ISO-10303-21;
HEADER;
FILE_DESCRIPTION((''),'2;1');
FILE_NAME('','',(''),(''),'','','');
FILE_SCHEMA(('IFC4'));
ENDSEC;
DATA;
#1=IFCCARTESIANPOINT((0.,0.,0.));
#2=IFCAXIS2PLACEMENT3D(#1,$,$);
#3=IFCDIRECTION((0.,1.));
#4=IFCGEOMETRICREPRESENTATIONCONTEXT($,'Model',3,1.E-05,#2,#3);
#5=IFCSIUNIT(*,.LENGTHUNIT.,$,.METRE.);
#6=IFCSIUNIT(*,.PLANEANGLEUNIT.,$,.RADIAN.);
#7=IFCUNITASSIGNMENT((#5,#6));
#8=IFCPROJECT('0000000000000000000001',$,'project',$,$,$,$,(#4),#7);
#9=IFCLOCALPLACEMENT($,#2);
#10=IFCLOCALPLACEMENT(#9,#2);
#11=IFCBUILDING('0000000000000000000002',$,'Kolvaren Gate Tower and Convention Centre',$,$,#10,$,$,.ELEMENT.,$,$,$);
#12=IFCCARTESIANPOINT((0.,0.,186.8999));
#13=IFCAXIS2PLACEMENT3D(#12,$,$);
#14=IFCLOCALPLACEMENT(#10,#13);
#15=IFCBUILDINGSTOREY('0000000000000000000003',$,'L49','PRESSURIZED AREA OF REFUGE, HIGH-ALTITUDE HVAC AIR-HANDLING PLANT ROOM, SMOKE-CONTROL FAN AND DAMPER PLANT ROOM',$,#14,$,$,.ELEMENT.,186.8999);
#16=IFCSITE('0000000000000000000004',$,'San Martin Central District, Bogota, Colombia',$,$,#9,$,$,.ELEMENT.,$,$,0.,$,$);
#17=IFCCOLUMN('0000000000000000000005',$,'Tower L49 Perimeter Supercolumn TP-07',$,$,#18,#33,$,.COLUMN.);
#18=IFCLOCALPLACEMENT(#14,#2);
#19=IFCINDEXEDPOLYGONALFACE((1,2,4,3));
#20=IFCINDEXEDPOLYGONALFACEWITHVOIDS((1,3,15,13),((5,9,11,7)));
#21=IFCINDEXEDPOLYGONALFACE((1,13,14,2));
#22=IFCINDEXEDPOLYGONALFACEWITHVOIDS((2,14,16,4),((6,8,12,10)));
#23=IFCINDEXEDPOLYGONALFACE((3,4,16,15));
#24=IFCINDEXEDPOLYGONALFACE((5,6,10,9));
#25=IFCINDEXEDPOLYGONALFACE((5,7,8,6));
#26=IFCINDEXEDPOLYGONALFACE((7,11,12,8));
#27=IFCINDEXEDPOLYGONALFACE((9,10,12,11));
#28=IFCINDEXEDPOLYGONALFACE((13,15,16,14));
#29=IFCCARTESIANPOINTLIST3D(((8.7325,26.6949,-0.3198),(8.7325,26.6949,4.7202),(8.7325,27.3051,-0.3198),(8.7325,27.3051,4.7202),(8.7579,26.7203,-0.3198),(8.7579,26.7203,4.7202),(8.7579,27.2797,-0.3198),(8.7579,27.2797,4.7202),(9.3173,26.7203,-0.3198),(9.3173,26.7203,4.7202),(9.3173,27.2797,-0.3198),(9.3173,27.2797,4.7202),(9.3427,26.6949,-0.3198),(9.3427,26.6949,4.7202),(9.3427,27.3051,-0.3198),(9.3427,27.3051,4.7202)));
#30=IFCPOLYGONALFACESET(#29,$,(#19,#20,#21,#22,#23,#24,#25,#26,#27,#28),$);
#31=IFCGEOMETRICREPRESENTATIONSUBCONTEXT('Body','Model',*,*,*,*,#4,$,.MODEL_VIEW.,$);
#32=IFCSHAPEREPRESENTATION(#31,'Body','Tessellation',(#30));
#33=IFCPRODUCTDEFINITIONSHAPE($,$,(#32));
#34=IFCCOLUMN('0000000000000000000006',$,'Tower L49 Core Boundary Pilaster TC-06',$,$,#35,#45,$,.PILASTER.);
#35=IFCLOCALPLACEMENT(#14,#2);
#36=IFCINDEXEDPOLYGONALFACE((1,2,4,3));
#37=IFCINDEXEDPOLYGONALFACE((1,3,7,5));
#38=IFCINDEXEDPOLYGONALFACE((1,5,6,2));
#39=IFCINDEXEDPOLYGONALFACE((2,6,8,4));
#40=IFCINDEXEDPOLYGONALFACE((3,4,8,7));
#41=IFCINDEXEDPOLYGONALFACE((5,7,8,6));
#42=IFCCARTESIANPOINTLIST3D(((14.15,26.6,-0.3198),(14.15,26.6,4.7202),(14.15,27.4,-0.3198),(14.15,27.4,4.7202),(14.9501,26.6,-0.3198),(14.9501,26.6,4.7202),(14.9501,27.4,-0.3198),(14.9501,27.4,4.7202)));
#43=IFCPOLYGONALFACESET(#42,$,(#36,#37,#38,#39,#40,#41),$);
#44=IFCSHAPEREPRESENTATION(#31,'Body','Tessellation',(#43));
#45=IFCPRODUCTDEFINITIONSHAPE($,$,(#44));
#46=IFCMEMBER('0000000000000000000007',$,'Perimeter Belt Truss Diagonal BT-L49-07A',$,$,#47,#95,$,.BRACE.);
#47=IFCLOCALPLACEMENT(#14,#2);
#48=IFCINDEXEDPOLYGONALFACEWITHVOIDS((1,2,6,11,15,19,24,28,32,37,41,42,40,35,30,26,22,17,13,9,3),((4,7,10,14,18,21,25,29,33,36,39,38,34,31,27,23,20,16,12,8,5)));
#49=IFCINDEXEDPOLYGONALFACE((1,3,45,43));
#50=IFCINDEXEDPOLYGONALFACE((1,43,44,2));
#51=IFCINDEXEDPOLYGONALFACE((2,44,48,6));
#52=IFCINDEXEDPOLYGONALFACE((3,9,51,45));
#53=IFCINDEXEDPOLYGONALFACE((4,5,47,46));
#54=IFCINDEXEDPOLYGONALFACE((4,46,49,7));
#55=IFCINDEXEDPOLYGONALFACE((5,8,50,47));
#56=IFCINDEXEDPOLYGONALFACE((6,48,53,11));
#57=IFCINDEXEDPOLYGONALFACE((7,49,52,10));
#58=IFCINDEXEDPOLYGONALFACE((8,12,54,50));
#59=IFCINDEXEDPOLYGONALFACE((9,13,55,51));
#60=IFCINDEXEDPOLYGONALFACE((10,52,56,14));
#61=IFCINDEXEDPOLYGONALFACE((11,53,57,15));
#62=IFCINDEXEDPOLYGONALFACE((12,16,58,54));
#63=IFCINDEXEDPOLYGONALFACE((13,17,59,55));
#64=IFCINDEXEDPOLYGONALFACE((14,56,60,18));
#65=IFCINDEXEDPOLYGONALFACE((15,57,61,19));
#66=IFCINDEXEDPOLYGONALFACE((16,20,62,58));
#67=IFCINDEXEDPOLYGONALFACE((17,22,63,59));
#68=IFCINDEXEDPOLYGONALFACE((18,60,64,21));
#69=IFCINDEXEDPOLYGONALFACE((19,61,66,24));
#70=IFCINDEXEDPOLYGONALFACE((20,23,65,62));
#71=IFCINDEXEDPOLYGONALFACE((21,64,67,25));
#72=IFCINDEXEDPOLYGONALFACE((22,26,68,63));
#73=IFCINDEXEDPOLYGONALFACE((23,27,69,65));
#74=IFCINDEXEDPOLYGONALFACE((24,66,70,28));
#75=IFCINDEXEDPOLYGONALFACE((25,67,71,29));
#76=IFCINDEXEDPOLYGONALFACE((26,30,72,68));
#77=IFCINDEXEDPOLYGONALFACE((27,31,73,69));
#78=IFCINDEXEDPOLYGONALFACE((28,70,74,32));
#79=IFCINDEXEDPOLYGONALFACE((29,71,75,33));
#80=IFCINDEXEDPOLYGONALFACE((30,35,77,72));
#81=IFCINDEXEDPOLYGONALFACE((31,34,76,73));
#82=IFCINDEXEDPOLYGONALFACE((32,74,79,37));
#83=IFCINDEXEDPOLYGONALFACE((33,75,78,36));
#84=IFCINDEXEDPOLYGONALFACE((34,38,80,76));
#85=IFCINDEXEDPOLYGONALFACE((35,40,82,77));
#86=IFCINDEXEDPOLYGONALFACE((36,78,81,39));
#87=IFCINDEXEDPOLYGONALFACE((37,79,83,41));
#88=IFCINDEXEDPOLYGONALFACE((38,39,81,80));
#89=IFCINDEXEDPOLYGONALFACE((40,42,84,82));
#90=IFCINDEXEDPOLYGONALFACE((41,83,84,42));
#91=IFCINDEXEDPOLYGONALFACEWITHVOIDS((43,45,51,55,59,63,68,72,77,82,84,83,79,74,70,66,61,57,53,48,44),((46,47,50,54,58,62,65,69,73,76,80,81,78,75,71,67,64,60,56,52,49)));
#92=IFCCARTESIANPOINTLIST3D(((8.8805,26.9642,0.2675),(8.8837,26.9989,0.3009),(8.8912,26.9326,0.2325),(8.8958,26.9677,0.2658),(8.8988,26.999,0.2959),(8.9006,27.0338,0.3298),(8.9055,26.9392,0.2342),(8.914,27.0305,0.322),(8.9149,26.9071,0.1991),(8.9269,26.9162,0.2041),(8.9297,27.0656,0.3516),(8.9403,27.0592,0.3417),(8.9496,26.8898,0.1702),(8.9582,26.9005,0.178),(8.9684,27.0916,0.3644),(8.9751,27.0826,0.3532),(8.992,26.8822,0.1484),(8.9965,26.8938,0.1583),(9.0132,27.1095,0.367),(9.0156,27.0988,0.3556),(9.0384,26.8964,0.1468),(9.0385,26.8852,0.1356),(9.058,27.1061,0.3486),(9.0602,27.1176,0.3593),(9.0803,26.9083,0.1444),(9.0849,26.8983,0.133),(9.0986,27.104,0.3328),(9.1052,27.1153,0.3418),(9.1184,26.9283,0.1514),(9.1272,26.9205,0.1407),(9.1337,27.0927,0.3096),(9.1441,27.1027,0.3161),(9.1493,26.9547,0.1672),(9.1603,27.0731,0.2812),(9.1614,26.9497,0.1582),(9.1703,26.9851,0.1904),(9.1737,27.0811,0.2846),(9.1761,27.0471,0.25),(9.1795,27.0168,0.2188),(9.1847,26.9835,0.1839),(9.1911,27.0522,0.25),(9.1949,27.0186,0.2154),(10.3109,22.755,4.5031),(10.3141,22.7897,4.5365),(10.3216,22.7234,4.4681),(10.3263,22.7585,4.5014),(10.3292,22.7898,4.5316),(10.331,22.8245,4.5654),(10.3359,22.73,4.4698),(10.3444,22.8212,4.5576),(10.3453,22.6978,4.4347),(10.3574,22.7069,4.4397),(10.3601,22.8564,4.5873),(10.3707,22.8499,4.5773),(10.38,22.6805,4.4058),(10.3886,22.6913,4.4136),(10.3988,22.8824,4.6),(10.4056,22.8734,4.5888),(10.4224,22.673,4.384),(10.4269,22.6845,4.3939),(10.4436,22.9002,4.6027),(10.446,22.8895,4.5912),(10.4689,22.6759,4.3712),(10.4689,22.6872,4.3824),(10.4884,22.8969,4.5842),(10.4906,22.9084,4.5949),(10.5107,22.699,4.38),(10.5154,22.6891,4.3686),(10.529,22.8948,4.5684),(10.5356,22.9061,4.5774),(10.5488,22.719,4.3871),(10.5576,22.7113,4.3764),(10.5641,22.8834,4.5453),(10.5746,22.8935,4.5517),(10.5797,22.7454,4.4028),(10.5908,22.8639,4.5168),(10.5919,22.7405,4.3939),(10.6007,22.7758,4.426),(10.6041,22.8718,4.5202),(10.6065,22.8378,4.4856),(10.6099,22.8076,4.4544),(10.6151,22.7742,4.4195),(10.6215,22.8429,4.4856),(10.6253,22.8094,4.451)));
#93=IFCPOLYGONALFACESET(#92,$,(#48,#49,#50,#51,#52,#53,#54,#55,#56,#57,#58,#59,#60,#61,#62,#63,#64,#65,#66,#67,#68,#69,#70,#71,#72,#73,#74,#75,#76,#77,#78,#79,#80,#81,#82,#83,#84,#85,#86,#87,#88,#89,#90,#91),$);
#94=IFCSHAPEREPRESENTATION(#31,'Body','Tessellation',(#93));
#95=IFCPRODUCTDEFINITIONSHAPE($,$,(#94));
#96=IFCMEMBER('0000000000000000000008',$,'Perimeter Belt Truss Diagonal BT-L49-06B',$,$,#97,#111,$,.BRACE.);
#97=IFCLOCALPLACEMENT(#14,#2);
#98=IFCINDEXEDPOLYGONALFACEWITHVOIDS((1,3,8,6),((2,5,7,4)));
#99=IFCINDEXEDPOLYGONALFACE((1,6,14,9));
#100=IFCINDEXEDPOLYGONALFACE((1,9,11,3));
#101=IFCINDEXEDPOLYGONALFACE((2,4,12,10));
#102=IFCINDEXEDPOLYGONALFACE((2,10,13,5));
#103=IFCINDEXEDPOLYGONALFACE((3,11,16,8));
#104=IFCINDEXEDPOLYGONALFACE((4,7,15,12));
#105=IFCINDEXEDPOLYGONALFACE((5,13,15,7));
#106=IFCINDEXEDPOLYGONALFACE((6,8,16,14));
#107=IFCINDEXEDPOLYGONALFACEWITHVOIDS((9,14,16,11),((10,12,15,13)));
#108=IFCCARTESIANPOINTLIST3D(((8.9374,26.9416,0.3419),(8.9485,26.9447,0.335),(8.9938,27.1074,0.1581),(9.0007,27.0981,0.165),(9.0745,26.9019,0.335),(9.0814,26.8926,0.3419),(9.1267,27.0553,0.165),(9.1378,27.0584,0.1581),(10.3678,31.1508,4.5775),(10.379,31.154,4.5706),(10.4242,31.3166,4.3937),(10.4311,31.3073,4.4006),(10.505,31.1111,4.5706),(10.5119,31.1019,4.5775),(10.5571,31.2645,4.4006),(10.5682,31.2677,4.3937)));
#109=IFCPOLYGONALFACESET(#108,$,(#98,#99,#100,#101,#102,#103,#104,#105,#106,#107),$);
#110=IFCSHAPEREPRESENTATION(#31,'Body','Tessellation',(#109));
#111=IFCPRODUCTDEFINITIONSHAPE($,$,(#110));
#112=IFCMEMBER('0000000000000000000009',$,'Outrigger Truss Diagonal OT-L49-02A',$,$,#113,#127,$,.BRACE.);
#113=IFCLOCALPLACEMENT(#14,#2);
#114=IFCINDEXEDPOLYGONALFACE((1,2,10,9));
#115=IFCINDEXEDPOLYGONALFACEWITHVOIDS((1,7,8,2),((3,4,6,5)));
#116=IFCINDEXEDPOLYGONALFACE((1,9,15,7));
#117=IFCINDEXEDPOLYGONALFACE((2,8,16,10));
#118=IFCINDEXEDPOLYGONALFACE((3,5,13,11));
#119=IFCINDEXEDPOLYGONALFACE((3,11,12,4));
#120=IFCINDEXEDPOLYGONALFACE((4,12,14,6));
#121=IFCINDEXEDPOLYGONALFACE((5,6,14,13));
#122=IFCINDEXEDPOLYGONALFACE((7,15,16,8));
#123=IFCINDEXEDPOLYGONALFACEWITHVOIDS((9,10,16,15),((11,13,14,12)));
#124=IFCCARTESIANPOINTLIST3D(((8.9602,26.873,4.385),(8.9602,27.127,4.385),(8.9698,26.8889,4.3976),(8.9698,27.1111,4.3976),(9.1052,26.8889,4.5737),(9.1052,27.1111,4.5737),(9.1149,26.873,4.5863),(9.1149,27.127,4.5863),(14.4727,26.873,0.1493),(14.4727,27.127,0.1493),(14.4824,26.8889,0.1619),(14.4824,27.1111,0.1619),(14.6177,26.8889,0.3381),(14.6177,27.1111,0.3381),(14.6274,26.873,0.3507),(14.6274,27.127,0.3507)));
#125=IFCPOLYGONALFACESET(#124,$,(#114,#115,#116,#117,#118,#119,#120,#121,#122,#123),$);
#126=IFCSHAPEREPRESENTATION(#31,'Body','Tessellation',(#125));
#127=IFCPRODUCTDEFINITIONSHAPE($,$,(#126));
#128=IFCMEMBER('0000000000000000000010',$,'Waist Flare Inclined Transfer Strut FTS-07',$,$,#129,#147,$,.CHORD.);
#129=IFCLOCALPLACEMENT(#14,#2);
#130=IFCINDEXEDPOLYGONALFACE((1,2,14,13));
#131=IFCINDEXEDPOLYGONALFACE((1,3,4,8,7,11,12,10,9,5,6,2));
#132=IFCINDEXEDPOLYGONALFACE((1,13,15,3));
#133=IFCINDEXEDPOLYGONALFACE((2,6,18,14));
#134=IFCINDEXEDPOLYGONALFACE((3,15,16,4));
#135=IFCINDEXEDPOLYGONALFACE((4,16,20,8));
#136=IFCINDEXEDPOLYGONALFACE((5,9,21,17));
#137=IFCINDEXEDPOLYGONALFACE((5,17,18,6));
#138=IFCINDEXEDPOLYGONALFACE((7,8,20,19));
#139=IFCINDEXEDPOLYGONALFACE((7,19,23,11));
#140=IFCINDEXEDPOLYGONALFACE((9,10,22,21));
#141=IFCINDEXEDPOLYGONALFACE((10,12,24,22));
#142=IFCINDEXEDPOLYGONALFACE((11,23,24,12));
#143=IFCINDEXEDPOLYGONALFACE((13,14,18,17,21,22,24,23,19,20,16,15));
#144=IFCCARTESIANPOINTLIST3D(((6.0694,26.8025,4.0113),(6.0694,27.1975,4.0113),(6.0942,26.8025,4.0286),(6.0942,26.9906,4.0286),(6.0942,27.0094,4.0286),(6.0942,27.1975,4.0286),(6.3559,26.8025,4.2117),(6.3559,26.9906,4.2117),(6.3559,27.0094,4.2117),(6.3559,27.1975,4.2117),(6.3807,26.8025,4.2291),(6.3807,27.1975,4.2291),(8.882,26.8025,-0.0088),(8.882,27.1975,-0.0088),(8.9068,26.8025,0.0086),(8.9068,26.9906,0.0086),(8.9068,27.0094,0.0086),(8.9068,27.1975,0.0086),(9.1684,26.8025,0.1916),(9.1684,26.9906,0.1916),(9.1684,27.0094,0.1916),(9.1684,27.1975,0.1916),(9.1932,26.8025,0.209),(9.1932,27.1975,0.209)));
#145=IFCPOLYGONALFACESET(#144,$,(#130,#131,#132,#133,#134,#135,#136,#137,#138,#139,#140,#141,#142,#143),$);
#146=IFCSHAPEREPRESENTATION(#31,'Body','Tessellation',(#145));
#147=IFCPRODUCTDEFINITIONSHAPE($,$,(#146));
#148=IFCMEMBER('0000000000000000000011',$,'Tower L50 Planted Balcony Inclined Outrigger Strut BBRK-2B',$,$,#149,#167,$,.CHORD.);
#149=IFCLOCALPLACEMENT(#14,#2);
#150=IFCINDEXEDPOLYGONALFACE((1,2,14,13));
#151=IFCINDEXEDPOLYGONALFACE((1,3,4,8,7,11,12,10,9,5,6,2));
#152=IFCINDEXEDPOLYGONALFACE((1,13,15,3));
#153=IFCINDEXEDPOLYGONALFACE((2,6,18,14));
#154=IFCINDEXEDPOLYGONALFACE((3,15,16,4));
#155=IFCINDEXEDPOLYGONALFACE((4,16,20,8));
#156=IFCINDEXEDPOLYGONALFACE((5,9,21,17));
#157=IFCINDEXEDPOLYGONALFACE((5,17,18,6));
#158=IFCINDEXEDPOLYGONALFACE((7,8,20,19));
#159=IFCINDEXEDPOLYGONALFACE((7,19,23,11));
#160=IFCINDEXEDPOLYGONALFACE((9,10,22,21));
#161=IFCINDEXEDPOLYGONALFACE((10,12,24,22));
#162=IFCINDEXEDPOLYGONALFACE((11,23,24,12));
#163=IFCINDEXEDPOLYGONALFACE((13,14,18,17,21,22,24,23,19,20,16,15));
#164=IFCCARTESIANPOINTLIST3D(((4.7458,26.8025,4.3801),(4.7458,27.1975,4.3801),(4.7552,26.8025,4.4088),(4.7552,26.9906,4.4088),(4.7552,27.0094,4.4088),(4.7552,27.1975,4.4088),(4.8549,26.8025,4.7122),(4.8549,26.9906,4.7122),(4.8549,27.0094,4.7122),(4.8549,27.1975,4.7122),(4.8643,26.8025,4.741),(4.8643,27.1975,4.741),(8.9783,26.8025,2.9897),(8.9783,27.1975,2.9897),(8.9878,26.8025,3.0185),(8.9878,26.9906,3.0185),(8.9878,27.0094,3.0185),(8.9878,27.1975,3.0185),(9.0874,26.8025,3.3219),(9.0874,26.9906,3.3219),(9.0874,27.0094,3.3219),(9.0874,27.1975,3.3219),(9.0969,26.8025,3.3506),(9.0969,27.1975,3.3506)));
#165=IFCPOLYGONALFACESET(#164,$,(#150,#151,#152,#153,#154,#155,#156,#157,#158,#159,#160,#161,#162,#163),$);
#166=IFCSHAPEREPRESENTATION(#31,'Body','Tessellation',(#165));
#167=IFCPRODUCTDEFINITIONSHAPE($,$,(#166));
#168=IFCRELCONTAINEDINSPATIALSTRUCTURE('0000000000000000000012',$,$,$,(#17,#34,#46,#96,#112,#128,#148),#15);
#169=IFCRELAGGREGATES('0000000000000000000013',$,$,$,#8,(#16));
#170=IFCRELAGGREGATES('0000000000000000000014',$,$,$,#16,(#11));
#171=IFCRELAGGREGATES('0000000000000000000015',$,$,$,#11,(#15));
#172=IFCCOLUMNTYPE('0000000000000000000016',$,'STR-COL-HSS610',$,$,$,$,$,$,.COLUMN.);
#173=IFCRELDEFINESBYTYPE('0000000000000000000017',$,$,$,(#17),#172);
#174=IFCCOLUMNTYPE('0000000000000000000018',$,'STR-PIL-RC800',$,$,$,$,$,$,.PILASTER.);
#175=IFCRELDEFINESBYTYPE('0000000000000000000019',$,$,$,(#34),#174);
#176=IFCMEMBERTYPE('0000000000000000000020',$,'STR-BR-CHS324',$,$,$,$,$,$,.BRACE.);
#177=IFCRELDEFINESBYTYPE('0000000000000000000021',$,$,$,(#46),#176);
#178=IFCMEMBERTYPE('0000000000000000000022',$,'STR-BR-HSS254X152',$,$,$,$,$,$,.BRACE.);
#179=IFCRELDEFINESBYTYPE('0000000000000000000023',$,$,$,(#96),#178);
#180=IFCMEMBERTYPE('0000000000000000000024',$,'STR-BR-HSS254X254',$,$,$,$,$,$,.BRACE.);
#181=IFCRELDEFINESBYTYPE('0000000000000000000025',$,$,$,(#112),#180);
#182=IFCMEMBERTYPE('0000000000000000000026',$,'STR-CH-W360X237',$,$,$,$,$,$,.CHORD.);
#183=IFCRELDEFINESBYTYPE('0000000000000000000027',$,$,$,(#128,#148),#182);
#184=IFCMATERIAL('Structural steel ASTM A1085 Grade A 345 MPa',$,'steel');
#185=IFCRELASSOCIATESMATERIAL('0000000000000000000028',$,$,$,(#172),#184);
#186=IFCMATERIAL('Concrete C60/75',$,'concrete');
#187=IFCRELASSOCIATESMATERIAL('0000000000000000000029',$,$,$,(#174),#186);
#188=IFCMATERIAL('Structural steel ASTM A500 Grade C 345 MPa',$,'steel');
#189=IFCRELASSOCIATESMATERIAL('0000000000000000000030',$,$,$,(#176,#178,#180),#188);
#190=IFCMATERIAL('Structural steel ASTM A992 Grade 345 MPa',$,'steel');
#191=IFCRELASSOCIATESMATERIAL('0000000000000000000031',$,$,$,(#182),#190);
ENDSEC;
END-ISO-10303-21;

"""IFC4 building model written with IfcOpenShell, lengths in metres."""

from ifc_helpers import new_model, si_unit, direction, frame, origin, origin_2d, place, context, subcontext, project, spatial, rectangle, hollow_rectangle, hollow_circle, i_section, extrude, material, material_profile, profile_set, type_object, element, save


model = new_model("IFC4")

# Units and contexts
model_context = context("Model", 3, precision=1e-05, world=origin(), true_north=direction((0.0, 1.0)))
body_context = subcontext(model_context, "Body", "Model", "MODEL_VIEW")
ifc_project = project(units=[si_unit("LENGTHUNIT", "METRE"), si_unit("PLANEANGLEUNIT", "RADIAN")], contexts=[model_context])

# Site, building, storey
site_placement = place(None, origin())
site = spatial("IfcSite", under=ifc_project, at=site_placement, Name="San Martin Central District, Bogota, Colombia", CompositionType="ELEMENT", RefElevation=0.0)
building_placement = place(site_placement, origin())
building = spatial("IfcBuilding", under=site, at=building_placement, Name="Kolvaren Gate Tower and Convention Centre", CompositionType="ELEMENT")
storey_placement = place(building_placement, frame((0.0, 0.0, 186.8999)))
storey = spatial("IfcBuildingStorey", under=building, at=storey_placement, Name="L49", Description="PRESSURIZED AREA OF REFUGE, HIGH-ALTITUDE HVAC AIR-HANDLING PLANT ROOM, SMOKE-CONTROL FAN AND DAMPER PLANT ROOM", CompositionType="ELEMENT", Elevation=186.8999)

# Columns
ifc_material_1 = material(Name="Structural steel ASTM A1085 Grade A 345 MPa", Category="steel")
ifc_material_profile_1 = material_profile(ifc_material_1, hollow_rectangle(XDim=0.6101, YDim=0.6101, WallThickness=0.0254, at=origin_2d()), Name="HSS610X610X25.4")
ifc_profile_set_1 = profile_set([ifc_material_profile_1], Name="Structural steel ASTM A1085 Grade A 345 MPa")
column_type_1 = type_object("IfcColumnType", Name="STR-COL-HSS610", PredefinedType="COLUMN", material=ifc_profile_set_1)
column_1_placement = place(storey_placement, frame((9.0376, 27.0, -0.3198), z_axis=(0.0, 0.0, 1.0), x_axis=(1.0, 0.0, 0.0)))
element("IfcColumn", 1, at=column_1_placement, inside=storey, type_object=column_type_1, Name="Tower L49 Perimeter Supercolumn TP-07", PredefinedType="COLUMN", context=body_context, shape_type="SweptSolid", body=[
    extrude(hollow_rectangle(XDim=0.6101, YDim=0.6101, WallThickness=0.0254, at=origin_2d()), origin(), (0.0, 0.0, 1.0), 5.04),
])
ifc_material_2 = material(Name="Concrete C60/75", Category="concrete")
ifc_material_profile_2 = material_profile(ifc_material_2, rectangle(XDim=0.8, YDim=0.8, at=origin_2d()), Name="RC-COL-800X800")
ifc_profile_set_2 = profile_set([ifc_material_profile_2], Name="Concrete C60/75")
column_type_2 = type_object("IfcColumnType", Name="STR-PIL-RC800", PredefinedType="PILASTER", material=ifc_profile_set_2)
column_2_placement = place(storey_placement, frame((14.55, 27.0, -0.3198), z_axis=(0.0, 0.0, 1.0), x_axis=(1.0, 0.0, 0.0)))
element("IfcColumn", 2, at=column_2_placement, inside=storey, type_object=column_type_2, Name="Tower L49 Core Boundary Pilaster TC-06", PredefinedType="PILASTER", context=body_context, shape_type="SweptSolid", body=[
    extrude(rectangle(XDim=0.8, YDim=0.8, at=origin_2d()), origin(), (0.0, 0.0, 1.0), 5.04),
])

# Members
ifc_material_3 = material(Name="Structural steel ASTM A500 Grade C 345 MPa", Category="steel")
ifc_material_profile_3 = material_profile(ifc_material_3, hollow_circle(Radius=0.1621, WallThickness=0.0159, at=origin_2d()), Name="CHS324X15.9")
ifc_profile_set_3 = profile_set([ifc_material_profile_3], Name="Structural steel ASTM A500 Grade C 345 MPa")
member_type_1 = type_object("IfcMemberType", Name="STR-BR-CHS324", PredefinedType="BRACE", material=ifc_profile_set_3)
member_1_placement = place(storey_placement, frame((9.0376, 27.0, 0.25), z_axis=(0.232954, -0.685502, 0.689796), x_axis=(0.946822, 0.321758, 0.0)))
element("IfcMember", 3, at=member_1_placement, inside=storey, type_object=member_type_1, Name="Perimeter Belt Truss Diagonal BT-L49-07A", PredefinedType="BRACE", context=body_context, shape_type="SweptSolid", body=[
    extrude(hollow_circle(Radius=0.1621, WallThickness=0.0159, at=origin_2d()), origin(), (0.0, 0.0, 1.0), 6.1404),
])
ifc_material_profile_4 = material_profile(ifc_material_3, hollow_rectangle(XDim=0.1521, YDim=0.2539, WallThickness=0.0095, at=origin_2d()), Name="HSS254X152X9.5")
ifc_profile_set_4 = profile_set([ifc_material_profile_4], Name="Structural steel ASTM A500 Grade C 345 MPa")
member_type_2 = type_object("IfcMemberType", Name="STR-BR-HSS254X152", PredefinedType="BRACE", material=ifc_profile_set_4)
member_2_placement = place(storey_placement, frame((9.0376, 27.0, 0.25), z_axis=(0.232954, 0.685502, 0.689796), x_axis=(-0.946822, 0.321758, 0.0)))
element("IfcMember", 4, at=member_2_placement, inside=storey, type_object=member_type_2, Name="Perimeter Belt Truss Diagonal BT-L49-06B", PredefinedType="BRACE", context=body_context, shape_type="SweptSolid", body=[
    extrude(hollow_rectangle(XDim=0.1521, YDim=0.2539, WallThickness=0.0095, at=origin_2d()), origin(), (0.0, 0.0, 1.0), 6.1404),
])
ifc_material_profile_5 = material_profile(ifc_material_3, hollow_rectangle(XDim=0.2539, YDim=0.2539, WallThickness=0.0159, at=origin_2d()), Name="HSS254X254X15.9")
ifc_profile_set_5 = profile_set([ifc_material_profile_5], Name="Structural steel ASTM A500 Grade C 345 MPa")
member_type_3 = type_object("IfcMemberType", Name="STR-BR-HSS254X254", PredefinedType="BRACE", material=ifc_profile_set_5)
member_3_placement = place(storey_placement, frame((14.55, 27.0, 0.25), z_axis=(-0.792954, 0.0, 0.609281), x_axis=(0.0, -1.0, 0.0)))
element("IfcMember", 5, at=member_3_placement, inside=storey, type_object=member_type_3, Name="Outrigger Truss Diagonal OT-L49-02A", PredefinedType="BRACE", context=body_context, shape_type="SweptSolid", body=[
    extrude(hollow_rectangle(XDim=0.2539, YDim=0.2539, WallThickness=0.0159, at=origin_2d()), origin(), (0.0, 0.0, 1.0), 6.9519),
])
ifc_material_4 = material(Name="Structural steel ASTM A992 Grade 345 MPa", Category="steel")
ifc_material_profile_6 = material_profile(ifc_material_4, i_section(OverallWidth=0.395, OverallDepth=0.3799, WebThickness=0.0188, FlangeThickness=0.0303, at=origin_2d()), Name="W360X237")
ifc_profile_set_6 = profile_set([ifc_material_profile_6], Name="Structural steel ASTM A992 Grade 345 MPa")
member_type_4 = type_object("IfcMemberType", Name="STR-CH-W360X237", PredefinedType="CHORD", material=ifc_profile_set_6)
member_4_placement = place(storey_placement, frame((9.0376, 27.0, 0.1001), z_axis=(-0.573255, 0.0, 0.819377), x_axis=(0.0, -1.0, 0.0)))
element("IfcMember", 6, at=member_4_placement, inside=storey, type_object=member_type_4, Name="Waist Flare Inclined Transfer Strut FTS-07", PredefinedType="CHORD", context=body_context, shape_type="SweptSolid", body=[
    extrude(i_section(OverallWidth=0.395, OverallDepth=0.3799, WebThickness=0.0188, FlangeThickness=0.0303, at=origin_2d()), origin(), (0.0, 0.0, 1.0), 4.9062),
])
member_5_placement = place(storey_placement, frame((9.0376, 27.0, 3.1702), z_axis=(-0.950055, 0.0, 0.312082), x_axis=(0.0, -1.0, 0.0)))
element("IfcMember", 7, at=member_5_placement, inside=storey, type_object=member_type_4, Name="Tower L50 Planted Balcony Inclined Outrigger Strut BBRK-2B", PredefinedType="CHORD", context=body_context, shape_type="SweptSolid", body=[
    extrude(i_section(OverallWidth=0.395, OverallDepth=0.3799, WebThickness=0.0188, FlangeThickness=0.0303, at=origin_2d()), origin(), (0.0, 0.0, 1.0), 4.4551),
])

save(model, "model.ifc")
